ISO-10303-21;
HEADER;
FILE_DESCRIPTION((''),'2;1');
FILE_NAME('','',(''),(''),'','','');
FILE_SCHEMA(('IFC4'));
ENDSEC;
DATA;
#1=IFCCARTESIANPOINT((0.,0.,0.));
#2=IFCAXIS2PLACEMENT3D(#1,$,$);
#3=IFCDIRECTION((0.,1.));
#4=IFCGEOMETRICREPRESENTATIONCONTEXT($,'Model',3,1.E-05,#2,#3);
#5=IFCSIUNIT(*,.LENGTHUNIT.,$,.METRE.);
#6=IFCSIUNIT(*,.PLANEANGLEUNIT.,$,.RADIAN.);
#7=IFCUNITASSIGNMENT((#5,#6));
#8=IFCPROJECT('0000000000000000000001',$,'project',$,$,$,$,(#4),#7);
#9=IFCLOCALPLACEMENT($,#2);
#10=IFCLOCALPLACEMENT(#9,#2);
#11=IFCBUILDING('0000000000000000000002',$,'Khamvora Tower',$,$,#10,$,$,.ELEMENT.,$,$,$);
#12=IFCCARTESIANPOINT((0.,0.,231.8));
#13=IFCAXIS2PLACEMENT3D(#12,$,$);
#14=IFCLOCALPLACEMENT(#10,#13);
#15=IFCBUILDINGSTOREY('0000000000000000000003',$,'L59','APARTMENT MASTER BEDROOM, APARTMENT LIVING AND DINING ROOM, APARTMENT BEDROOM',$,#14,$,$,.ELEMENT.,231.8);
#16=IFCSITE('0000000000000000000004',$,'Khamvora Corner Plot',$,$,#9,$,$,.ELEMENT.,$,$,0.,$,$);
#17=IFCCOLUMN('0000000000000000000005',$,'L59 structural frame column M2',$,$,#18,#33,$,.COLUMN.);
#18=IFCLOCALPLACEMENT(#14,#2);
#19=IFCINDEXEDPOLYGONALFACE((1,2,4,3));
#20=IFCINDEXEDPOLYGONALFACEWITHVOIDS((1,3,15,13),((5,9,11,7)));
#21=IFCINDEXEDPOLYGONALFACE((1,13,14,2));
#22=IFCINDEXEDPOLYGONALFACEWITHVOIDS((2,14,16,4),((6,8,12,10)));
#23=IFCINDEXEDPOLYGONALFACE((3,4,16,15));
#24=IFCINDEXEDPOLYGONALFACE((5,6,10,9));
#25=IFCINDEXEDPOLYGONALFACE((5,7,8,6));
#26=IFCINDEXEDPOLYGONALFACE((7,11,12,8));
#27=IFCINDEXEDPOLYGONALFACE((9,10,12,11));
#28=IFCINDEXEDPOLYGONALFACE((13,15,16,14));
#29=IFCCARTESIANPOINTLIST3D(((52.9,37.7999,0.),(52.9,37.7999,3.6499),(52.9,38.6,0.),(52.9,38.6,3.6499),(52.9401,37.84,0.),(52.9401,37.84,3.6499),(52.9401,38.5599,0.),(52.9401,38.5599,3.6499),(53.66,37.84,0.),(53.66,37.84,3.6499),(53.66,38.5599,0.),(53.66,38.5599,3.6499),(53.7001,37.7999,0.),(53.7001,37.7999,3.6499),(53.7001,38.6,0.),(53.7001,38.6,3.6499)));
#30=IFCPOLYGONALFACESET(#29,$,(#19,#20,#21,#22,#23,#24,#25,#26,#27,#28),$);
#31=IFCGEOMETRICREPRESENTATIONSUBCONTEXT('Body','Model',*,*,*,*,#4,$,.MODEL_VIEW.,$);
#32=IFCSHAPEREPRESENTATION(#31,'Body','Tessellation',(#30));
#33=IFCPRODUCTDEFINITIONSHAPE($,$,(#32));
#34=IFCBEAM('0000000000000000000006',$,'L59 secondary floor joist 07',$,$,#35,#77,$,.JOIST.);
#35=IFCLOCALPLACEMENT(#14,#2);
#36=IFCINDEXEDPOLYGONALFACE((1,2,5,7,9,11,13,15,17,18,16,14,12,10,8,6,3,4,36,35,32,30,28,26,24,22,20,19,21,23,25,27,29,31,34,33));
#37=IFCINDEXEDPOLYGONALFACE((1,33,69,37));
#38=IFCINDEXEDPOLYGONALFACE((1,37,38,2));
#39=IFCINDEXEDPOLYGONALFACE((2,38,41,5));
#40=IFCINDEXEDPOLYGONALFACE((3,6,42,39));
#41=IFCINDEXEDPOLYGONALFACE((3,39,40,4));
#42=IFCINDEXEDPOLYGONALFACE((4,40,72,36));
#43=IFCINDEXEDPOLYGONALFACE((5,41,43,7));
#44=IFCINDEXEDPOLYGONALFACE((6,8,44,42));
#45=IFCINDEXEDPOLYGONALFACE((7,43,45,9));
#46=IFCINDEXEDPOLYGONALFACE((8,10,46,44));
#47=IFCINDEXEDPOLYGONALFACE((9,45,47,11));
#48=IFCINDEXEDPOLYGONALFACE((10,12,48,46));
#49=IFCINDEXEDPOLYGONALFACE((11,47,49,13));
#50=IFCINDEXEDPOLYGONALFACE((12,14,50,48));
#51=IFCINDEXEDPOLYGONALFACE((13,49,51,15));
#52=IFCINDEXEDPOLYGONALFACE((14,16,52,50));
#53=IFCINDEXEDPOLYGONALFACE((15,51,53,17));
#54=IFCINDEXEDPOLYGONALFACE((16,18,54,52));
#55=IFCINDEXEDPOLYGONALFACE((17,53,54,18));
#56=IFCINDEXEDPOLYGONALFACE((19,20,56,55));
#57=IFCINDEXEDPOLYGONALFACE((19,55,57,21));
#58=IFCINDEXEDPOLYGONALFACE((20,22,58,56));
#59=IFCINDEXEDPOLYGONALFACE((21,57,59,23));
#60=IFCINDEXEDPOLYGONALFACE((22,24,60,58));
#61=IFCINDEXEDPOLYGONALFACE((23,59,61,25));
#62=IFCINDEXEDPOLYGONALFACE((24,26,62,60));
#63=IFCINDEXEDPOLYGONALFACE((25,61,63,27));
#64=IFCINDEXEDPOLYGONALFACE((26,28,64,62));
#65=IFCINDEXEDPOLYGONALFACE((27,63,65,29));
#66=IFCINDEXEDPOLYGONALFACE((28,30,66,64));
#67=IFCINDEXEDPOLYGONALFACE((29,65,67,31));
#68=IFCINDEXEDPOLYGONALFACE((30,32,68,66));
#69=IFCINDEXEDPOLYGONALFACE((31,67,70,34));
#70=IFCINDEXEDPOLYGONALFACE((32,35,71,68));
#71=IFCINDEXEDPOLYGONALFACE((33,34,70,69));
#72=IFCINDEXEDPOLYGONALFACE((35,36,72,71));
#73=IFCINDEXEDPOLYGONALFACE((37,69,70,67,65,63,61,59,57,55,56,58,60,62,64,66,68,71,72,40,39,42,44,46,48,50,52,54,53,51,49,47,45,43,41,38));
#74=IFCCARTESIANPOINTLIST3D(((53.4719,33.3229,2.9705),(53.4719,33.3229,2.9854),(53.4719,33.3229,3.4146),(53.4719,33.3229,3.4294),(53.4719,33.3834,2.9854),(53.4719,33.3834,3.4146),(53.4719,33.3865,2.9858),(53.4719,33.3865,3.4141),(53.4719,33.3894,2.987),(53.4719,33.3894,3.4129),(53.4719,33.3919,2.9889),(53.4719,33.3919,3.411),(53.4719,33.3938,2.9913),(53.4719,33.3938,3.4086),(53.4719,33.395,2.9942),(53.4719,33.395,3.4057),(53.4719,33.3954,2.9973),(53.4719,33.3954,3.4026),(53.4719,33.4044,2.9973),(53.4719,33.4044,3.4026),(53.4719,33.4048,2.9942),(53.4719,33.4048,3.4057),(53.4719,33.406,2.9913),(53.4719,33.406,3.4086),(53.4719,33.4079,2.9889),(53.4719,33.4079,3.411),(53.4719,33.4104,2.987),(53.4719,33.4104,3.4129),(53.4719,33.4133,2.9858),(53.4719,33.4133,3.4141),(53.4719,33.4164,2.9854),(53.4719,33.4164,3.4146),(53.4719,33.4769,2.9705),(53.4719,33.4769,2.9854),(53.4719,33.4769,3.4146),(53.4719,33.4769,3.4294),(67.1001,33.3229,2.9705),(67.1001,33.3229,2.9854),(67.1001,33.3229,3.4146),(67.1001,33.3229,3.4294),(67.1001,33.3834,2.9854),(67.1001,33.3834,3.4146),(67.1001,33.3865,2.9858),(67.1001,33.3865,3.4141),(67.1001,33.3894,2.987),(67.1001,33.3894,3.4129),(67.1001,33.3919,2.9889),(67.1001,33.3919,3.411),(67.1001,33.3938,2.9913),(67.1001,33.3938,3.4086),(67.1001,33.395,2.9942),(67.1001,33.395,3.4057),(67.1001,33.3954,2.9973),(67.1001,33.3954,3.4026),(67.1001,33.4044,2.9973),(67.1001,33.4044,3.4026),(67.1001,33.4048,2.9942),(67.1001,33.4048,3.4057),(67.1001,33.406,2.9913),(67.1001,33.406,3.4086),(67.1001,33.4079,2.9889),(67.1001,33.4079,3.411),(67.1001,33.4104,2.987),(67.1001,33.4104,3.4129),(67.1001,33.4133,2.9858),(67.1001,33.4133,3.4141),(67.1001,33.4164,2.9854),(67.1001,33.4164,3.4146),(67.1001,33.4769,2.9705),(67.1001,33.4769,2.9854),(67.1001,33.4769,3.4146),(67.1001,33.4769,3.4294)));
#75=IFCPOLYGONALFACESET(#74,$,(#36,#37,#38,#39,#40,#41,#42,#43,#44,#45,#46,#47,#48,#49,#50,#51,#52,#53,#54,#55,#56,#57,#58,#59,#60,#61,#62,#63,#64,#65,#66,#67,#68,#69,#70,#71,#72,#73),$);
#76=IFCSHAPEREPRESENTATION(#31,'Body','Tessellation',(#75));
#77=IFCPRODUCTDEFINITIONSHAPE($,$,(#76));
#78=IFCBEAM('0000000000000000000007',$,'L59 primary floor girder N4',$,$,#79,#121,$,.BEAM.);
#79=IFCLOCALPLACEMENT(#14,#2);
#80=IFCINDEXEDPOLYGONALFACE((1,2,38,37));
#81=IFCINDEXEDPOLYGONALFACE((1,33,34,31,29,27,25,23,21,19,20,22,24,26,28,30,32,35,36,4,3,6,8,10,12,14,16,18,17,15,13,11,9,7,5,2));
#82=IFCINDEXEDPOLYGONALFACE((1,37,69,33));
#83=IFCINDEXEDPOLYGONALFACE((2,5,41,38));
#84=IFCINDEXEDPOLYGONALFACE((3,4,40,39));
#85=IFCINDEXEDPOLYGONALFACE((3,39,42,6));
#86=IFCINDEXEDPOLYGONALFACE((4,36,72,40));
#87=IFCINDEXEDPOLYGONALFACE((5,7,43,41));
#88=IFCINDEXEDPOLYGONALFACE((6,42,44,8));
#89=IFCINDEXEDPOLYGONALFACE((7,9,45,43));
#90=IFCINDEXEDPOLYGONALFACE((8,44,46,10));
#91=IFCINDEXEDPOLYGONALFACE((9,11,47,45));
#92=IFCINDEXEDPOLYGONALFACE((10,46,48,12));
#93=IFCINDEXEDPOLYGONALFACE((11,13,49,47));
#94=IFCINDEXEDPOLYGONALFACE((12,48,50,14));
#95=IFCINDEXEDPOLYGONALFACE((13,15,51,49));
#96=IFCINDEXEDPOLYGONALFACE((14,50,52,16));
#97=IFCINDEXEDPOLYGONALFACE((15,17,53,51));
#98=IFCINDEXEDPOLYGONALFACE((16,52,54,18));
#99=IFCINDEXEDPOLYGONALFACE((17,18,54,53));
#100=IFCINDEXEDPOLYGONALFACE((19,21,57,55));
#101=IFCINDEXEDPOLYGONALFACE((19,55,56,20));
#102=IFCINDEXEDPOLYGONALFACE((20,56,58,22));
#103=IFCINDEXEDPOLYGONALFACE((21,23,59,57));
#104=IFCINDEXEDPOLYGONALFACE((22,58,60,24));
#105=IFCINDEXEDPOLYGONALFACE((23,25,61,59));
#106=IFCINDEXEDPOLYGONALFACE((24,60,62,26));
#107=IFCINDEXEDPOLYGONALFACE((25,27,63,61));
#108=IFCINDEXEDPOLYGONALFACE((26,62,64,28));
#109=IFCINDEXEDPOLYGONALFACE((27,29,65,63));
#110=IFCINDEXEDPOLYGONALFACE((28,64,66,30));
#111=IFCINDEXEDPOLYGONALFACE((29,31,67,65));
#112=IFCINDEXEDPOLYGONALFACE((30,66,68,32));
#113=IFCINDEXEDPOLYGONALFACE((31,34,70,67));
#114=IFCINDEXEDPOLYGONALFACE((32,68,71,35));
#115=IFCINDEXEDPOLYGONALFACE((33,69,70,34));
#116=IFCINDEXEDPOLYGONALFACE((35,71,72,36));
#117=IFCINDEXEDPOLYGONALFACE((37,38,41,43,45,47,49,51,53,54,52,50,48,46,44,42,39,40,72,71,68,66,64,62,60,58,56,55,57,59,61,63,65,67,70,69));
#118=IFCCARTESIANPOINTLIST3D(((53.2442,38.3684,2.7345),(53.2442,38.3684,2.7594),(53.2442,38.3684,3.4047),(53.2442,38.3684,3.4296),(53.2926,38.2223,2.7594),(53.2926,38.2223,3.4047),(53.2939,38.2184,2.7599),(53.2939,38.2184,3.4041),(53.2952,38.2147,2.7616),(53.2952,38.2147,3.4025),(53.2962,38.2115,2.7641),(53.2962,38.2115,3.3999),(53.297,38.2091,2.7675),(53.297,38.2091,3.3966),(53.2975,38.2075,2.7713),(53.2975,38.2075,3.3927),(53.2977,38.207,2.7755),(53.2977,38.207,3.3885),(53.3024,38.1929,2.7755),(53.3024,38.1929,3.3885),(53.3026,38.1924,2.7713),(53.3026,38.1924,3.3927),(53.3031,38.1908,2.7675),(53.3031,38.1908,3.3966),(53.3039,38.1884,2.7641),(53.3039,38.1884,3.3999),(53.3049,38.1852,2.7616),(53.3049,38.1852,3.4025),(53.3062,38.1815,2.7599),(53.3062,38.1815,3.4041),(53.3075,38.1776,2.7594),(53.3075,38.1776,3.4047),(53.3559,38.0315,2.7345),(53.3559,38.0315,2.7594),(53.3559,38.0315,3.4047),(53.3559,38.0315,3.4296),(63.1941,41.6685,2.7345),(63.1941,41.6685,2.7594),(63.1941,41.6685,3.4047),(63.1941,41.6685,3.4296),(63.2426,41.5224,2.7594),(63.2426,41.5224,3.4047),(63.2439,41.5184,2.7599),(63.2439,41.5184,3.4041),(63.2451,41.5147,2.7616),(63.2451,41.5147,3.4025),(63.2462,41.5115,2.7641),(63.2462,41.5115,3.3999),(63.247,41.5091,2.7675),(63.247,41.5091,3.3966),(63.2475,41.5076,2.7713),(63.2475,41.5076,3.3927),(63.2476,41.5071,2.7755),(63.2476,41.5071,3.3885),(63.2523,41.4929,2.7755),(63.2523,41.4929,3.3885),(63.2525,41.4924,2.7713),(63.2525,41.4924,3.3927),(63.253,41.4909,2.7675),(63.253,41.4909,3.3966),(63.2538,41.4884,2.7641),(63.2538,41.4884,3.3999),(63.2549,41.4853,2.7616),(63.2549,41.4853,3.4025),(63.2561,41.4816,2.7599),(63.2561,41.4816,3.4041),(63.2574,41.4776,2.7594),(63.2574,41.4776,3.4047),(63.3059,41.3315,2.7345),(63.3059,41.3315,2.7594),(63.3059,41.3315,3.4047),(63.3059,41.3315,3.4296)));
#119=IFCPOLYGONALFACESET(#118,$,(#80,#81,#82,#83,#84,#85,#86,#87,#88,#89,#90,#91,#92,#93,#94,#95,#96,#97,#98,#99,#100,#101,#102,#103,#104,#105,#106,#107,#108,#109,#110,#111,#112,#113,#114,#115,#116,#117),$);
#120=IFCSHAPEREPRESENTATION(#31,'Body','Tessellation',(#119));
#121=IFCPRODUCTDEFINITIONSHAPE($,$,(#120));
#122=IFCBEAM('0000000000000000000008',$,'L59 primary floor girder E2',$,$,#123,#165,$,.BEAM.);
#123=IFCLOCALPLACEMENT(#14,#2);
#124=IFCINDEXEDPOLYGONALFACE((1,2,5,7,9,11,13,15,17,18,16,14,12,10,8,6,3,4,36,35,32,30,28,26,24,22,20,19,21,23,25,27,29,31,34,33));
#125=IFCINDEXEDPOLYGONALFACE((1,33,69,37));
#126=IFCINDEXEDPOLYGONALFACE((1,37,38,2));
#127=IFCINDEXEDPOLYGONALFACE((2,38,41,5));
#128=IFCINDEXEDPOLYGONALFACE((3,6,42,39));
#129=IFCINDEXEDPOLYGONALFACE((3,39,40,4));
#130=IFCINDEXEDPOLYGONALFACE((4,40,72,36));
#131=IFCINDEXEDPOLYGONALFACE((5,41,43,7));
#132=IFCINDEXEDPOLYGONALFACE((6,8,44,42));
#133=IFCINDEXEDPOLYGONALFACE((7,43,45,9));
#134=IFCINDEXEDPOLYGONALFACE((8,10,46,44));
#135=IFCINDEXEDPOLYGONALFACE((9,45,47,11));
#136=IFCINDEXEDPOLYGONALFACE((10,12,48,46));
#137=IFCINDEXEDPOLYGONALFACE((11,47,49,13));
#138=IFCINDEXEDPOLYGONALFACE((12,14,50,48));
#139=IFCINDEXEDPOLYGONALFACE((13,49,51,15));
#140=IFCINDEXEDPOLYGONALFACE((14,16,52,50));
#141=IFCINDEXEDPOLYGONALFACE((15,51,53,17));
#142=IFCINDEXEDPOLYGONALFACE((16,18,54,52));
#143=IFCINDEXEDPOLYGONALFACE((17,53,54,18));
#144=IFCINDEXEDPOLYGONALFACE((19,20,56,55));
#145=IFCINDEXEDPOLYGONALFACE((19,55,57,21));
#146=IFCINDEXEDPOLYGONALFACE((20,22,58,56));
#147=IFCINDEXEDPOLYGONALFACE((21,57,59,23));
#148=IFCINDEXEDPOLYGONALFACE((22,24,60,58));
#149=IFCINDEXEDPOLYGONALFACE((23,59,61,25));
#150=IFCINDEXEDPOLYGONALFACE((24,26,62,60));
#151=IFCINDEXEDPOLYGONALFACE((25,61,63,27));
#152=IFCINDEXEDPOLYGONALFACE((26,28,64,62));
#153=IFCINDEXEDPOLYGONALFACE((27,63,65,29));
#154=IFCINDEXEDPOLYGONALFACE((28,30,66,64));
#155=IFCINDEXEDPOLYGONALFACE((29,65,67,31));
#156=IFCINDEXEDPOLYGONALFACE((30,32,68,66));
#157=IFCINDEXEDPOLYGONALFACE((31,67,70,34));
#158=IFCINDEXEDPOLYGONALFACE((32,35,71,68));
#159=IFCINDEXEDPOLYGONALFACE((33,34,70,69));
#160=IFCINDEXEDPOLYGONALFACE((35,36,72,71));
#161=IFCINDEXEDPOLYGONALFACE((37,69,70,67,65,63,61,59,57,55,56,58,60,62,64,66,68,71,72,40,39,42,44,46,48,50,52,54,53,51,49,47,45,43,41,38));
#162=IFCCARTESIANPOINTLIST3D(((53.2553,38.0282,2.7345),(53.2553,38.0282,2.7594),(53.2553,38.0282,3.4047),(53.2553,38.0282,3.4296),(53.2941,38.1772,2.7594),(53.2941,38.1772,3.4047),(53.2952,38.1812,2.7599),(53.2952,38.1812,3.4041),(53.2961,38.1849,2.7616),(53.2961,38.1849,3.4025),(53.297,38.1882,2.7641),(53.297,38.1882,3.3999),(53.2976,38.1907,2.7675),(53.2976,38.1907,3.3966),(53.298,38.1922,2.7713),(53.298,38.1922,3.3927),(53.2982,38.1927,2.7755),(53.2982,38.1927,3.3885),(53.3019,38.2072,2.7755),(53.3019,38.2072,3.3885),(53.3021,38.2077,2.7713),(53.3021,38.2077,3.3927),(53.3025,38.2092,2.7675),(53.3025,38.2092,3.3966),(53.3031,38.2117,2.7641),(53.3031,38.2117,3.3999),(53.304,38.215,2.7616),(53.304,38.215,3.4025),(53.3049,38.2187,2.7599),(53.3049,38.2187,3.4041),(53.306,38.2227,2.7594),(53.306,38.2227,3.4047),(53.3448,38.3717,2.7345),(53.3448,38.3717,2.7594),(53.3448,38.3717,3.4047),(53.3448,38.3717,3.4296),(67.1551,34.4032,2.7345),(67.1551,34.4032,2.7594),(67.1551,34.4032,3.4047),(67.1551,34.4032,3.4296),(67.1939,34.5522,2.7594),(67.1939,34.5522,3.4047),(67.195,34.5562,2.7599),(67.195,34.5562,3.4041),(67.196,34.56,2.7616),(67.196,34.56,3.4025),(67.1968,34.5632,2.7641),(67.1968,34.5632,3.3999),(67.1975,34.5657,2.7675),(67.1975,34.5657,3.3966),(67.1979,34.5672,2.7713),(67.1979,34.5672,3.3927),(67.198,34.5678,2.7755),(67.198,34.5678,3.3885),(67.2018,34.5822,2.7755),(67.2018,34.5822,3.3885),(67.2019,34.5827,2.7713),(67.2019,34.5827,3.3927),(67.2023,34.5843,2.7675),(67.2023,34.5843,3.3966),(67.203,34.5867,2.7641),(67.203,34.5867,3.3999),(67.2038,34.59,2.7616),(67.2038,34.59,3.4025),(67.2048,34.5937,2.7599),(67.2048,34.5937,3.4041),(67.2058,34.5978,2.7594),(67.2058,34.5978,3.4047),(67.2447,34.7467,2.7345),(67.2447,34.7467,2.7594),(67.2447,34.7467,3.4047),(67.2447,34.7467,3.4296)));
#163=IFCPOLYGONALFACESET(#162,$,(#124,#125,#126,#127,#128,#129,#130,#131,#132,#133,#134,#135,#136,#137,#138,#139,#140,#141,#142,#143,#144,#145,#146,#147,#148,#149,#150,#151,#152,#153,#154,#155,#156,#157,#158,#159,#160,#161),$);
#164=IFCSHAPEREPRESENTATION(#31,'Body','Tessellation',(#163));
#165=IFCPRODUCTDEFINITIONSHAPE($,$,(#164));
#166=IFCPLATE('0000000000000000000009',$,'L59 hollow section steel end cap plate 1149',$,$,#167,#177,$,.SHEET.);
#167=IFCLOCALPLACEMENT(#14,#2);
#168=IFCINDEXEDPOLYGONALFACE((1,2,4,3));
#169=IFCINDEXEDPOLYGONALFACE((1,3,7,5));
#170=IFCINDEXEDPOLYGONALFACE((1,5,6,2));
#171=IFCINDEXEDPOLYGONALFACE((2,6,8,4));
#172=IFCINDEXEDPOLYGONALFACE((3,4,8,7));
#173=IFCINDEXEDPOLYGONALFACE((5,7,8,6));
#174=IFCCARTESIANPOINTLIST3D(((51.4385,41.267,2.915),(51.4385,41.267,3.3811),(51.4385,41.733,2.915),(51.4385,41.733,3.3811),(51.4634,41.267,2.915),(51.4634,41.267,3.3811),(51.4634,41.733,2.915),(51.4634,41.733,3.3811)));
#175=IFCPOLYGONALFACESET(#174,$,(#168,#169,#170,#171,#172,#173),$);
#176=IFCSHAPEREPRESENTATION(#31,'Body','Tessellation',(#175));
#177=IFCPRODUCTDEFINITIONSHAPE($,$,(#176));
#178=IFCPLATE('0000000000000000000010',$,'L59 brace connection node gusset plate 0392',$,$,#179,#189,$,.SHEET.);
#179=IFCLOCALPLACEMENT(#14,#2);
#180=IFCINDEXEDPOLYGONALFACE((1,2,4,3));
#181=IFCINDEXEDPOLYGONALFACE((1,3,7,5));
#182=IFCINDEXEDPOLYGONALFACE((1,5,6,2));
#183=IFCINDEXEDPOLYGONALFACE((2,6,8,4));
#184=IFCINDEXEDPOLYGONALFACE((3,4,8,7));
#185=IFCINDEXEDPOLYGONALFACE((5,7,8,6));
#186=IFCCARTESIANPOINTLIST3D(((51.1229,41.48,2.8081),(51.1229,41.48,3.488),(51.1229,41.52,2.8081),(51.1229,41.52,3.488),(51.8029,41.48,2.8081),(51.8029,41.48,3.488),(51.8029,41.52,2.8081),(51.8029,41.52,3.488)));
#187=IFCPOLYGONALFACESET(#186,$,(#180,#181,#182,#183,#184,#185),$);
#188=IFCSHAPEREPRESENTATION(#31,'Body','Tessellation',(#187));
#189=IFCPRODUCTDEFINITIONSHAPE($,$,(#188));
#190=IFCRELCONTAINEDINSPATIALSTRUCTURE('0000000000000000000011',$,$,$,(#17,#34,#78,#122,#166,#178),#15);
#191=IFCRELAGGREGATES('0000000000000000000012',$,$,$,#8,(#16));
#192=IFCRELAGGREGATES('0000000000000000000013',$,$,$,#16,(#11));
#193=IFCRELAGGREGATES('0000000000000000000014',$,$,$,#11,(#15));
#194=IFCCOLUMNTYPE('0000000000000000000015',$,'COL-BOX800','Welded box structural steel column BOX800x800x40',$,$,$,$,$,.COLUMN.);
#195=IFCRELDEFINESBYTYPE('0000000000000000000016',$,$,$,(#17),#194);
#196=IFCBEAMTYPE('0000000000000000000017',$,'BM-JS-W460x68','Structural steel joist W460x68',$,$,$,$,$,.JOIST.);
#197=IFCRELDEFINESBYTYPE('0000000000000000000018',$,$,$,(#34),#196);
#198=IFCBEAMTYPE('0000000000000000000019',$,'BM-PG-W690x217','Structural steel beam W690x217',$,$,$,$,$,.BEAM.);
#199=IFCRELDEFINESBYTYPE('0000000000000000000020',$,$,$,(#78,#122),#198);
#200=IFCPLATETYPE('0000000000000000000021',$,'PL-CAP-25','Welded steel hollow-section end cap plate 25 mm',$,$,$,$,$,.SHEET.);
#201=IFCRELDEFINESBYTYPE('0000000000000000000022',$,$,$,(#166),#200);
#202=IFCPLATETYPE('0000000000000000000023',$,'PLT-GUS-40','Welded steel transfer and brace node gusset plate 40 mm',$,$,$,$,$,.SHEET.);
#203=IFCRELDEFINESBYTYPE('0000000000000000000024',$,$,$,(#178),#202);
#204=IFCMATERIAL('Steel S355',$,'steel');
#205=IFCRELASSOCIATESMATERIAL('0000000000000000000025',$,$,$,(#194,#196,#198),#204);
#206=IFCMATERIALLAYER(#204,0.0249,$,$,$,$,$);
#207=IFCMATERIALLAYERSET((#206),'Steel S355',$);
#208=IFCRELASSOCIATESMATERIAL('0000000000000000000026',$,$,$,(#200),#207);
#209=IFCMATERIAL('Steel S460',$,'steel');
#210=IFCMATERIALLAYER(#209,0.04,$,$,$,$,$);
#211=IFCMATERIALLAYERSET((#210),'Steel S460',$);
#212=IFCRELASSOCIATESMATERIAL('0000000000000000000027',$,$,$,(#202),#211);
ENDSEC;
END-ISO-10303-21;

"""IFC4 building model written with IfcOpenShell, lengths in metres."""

from ifc_helpers import new_model, si_unit, direction, frame, origin, origin_2d, place, context, subcontext, project, spatial, rectangle, hollow_rectangle, i_section, extrude, material, layer, layer_set, material_profile, profile_set, type_object, element, save


model = new_model("IFC4")

# Units and contexts
model_context = context("Model", 3, precision=1e-05, world=origin(), true_north=direction((0.0, 1.0)))
body_context = subcontext(model_context, "Body", "Model", "MODEL_VIEW")
ifc_project = project(units=[si_unit("LENGTHUNIT", "METRE"), si_unit("PLANEANGLEUNIT", "RADIAN")], contexts=[model_context])

# Site, building, storey
site_placement = place(None, origin())
site = spatial("IfcSite", under=ifc_project, at=site_placement, Name="Khamvora Corner Plot", CompositionType="ELEMENT", RefElevation=0.0)
building_placement = place(site_placement, origin())
building = spatial("IfcBuilding", under=site, at=building_placement, Name="Khamvora Tower", CompositionType="ELEMENT")
storey_placement = place(building_placement, frame((0.0, 0.0, 231.8)))
storey = spatial("IfcBuildingStorey", under=building, at=storey_placement, Name="L59", Description="APARTMENT MASTER BEDROOM, APARTMENT LIVING AND DINING ROOM, APARTMENT BEDROOM", CompositionType="ELEMENT", Elevation=231.8)

# Column
ifc_material_1 = material(Name="Steel S355", Category="steel")
ifc_material_profile_1 = material_profile(ifc_material_1, hollow_rectangle(XDim=0.8, YDim=0.8, WallThickness=0.04, at=origin_2d()), Name="BOX800x800x40")
ifc_profile_set_1 = profile_set([ifc_material_profile_1], Name="Steel S355")
column_type = type_object("IfcColumnType", Name="COL-BOX800", Description="Welded box structural steel column BOX800x800x40", PredefinedType="COLUMN", material=ifc_profile_set_1)
column_placement = place(storey_placement, frame((53.3, 38.2, 0.0), z_axis=(0.0, 0.0, 1.0), x_axis=(1.0, 0.0, 0.0)))
element("IfcColumn", 1, at=column_placement, inside=storey, type_object=column_type, Name="L59 structural frame column M2", PredefinedType="COLUMN", context=body_context, shape_type="SweptSolid", body=[
    extrude(hollow_rectangle(XDim=0.8, YDim=0.8, WallThickness=0.04, at=origin_2d()), origin(), (0.0, 0.0, 1.0), 3.6499),
])

# Beams
ifc_material_profile_2 = material_profile(ifc_material_1, i_section(OverallWidth=0.1541, OverallDepth=0.459, WebThickness=0.009, FlangeThickness=0.0149, FilletRadius=0.012, at=origin_2d()), Name="W460x68")
ifc_profile_set_2 = profile_set([ifc_material_profile_2], Name="Steel S355")
beam_type_1 = type_object("IfcBeamType", Name="BM-JS-W460x68", Description="Structural steel joist W460x68", PredefinedType="JOIST", material=ifc_profile_set_2)
beam_1_placement = place(storey_placement, frame((53.4719, 33.3999, 3.2), z_axis=(1.0, 0.0, 0.0), x_axis=(0.0, 1.0, 0.0)))
element("IfcBeam", 2, at=beam_1_placement, inside=storey, type_object=beam_type_1, Name="L59 secondary floor joist 07", PredefinedType="JOIST", context=body_context, shape_type="SweptSolid", body=[
    extrude(i_section(OverallWidth=0.1541, OverallDepth=0.459, WebThickness=0.009, FlangeThickness=0.0149, FilletRadius=0.012, at=origin_2d()), origin(), (0.0, 0.0, 1.0), 13.6282),
])
ifc_material_profile_3 = material_profile(ifc_material_1, i_section(OverallWidth=0.355, OverallDepth=0.6951, WebThickness=0.0149, FlangeThickness=0.0249, FilletRadius=0.0161, at=origin_2d()), Name="W690x217")
ifc_profile_set_3 = profile_set([ifc_material_profile_3], Name="Steel S355")
beam_type_2 = type_object("IfcBeamType", Name="BM-PG-W690x217", Description="Structural steel beam W690x217", PredefinedType="BEAM", material=ifc_profile_set_3)
beam_2_placement = place(storey_placement, frame((53.3, 38.2, 3.082), z_axis=(0.949157, 0.314802, 0.0), x_axis=(-0.314802, 0.949157, 0.0)))
element("IfcBeam", 3, at=beam_2_placement, inside=storey, type_object=beam_type_2, Name="L59 primary floor girder N4", PredefinedType="BEAM", context=body_context, shape_type="SweptSolid", body=[
    extrude(i_section(OverallWidth=0.355, OverallDepth=0.6951, WebThickness=0.0149, FlangeThickness=0.0249, FilletRadius=0.0161, at=origin_2d()), origin(), (0.0, 0.0, 1.0), 10.4829),
])
beam_3_placement = place(storey_placement, frame((53.3, 38.2, 3.082), z_axis=(0.967635, -0.252353, 0.0), x_axis=(0.252353, 0.967635, 0.0)))
element("IfcBeam", 4, at=beam_3_placement, inside=storey, type_object=beam_type_2, Name="L59 primary floor girder E2", PredefinedType="BEAM", context=body_context, shape_type="SweptSolid", body=[
    extrude(i_section(OverallWidth=0.355, OverallDepth=0.6951, WebThickness=0.0149, FlangeThickness=0.0249, FilletRadius=0.0161, at=origin_2d()), origin(), (0.0, 0.0, 1.0), 14.3647),
])

# Plates
ifc_layer_1 = layer(ifc_material_1, 0.0249)
ifc_layer_set_1 = layer_set([ifc_layer_1], Name="Steel S355")
plate_type_1 = type_object("IfcPlateType", Name="PL-CAP-25", Description="Welded steel hollow-section end cap plate 25 mm", PredefinedType="SHEET", material=ifc_layer_set_1)
plate_1_placement = place(storey_placement, frame((51.4509, 41.5, 2.915), z_axis=(0.0, 0.0, 1.0), x_axis=(-1.0, 0.0, 0.0)))
element("IfcPlate", 5, at=plate_1_placement, inside=storey, type_object=plate_type_1, Name="L59 hollow section steel end cap plate 1149", PredefinedType="SHEET", context=body_context, shape_type="SweptSolid", body=[
    extrude(rectangle(XDim=0.0249, YDim=0.4661, at=origin_2d()), origin(), (0.0, 0.0, 1.0), 0.4661),
])
ifc_material_2 = material(Name="Steel S460", Category="steel")
ifc_layer_2 = layer(ifc_material_2, 0.04)
ifc_layer_set_2 = layer_set([ifc_layer_2], Name="Steel S460")
plate_type_2 = type_object("IfcPlateType", Name="PLT-GUS-40", Description="Welded steel transfer and brace node gusset plate 40 mm", PredefinedType="SHEET", material=ifc_layer_set_2)
plate_2_placement = place(storey_placement, frame((51.4629, 41.5, 2.8081), z_axis=(0.0, 0.0, 1.0), x_axis=(1.0, 0.0, 0.0)))
element("IfcPlate", 6, at=plate_2_placement, inside=storey, type_object=plate_type_2, Name="L59 brace connection node gusset plate 0392", PredefinedType="SHEET", context=body_context, shape_type="SweptSolid", body=[
    extrude(rectangle(XDim=0.6799, YDim=0.04, at=origin_2d()), origin(), (0.0, 0.0, 1.0), 0.6799),
])

save(model, "model.ifc")
